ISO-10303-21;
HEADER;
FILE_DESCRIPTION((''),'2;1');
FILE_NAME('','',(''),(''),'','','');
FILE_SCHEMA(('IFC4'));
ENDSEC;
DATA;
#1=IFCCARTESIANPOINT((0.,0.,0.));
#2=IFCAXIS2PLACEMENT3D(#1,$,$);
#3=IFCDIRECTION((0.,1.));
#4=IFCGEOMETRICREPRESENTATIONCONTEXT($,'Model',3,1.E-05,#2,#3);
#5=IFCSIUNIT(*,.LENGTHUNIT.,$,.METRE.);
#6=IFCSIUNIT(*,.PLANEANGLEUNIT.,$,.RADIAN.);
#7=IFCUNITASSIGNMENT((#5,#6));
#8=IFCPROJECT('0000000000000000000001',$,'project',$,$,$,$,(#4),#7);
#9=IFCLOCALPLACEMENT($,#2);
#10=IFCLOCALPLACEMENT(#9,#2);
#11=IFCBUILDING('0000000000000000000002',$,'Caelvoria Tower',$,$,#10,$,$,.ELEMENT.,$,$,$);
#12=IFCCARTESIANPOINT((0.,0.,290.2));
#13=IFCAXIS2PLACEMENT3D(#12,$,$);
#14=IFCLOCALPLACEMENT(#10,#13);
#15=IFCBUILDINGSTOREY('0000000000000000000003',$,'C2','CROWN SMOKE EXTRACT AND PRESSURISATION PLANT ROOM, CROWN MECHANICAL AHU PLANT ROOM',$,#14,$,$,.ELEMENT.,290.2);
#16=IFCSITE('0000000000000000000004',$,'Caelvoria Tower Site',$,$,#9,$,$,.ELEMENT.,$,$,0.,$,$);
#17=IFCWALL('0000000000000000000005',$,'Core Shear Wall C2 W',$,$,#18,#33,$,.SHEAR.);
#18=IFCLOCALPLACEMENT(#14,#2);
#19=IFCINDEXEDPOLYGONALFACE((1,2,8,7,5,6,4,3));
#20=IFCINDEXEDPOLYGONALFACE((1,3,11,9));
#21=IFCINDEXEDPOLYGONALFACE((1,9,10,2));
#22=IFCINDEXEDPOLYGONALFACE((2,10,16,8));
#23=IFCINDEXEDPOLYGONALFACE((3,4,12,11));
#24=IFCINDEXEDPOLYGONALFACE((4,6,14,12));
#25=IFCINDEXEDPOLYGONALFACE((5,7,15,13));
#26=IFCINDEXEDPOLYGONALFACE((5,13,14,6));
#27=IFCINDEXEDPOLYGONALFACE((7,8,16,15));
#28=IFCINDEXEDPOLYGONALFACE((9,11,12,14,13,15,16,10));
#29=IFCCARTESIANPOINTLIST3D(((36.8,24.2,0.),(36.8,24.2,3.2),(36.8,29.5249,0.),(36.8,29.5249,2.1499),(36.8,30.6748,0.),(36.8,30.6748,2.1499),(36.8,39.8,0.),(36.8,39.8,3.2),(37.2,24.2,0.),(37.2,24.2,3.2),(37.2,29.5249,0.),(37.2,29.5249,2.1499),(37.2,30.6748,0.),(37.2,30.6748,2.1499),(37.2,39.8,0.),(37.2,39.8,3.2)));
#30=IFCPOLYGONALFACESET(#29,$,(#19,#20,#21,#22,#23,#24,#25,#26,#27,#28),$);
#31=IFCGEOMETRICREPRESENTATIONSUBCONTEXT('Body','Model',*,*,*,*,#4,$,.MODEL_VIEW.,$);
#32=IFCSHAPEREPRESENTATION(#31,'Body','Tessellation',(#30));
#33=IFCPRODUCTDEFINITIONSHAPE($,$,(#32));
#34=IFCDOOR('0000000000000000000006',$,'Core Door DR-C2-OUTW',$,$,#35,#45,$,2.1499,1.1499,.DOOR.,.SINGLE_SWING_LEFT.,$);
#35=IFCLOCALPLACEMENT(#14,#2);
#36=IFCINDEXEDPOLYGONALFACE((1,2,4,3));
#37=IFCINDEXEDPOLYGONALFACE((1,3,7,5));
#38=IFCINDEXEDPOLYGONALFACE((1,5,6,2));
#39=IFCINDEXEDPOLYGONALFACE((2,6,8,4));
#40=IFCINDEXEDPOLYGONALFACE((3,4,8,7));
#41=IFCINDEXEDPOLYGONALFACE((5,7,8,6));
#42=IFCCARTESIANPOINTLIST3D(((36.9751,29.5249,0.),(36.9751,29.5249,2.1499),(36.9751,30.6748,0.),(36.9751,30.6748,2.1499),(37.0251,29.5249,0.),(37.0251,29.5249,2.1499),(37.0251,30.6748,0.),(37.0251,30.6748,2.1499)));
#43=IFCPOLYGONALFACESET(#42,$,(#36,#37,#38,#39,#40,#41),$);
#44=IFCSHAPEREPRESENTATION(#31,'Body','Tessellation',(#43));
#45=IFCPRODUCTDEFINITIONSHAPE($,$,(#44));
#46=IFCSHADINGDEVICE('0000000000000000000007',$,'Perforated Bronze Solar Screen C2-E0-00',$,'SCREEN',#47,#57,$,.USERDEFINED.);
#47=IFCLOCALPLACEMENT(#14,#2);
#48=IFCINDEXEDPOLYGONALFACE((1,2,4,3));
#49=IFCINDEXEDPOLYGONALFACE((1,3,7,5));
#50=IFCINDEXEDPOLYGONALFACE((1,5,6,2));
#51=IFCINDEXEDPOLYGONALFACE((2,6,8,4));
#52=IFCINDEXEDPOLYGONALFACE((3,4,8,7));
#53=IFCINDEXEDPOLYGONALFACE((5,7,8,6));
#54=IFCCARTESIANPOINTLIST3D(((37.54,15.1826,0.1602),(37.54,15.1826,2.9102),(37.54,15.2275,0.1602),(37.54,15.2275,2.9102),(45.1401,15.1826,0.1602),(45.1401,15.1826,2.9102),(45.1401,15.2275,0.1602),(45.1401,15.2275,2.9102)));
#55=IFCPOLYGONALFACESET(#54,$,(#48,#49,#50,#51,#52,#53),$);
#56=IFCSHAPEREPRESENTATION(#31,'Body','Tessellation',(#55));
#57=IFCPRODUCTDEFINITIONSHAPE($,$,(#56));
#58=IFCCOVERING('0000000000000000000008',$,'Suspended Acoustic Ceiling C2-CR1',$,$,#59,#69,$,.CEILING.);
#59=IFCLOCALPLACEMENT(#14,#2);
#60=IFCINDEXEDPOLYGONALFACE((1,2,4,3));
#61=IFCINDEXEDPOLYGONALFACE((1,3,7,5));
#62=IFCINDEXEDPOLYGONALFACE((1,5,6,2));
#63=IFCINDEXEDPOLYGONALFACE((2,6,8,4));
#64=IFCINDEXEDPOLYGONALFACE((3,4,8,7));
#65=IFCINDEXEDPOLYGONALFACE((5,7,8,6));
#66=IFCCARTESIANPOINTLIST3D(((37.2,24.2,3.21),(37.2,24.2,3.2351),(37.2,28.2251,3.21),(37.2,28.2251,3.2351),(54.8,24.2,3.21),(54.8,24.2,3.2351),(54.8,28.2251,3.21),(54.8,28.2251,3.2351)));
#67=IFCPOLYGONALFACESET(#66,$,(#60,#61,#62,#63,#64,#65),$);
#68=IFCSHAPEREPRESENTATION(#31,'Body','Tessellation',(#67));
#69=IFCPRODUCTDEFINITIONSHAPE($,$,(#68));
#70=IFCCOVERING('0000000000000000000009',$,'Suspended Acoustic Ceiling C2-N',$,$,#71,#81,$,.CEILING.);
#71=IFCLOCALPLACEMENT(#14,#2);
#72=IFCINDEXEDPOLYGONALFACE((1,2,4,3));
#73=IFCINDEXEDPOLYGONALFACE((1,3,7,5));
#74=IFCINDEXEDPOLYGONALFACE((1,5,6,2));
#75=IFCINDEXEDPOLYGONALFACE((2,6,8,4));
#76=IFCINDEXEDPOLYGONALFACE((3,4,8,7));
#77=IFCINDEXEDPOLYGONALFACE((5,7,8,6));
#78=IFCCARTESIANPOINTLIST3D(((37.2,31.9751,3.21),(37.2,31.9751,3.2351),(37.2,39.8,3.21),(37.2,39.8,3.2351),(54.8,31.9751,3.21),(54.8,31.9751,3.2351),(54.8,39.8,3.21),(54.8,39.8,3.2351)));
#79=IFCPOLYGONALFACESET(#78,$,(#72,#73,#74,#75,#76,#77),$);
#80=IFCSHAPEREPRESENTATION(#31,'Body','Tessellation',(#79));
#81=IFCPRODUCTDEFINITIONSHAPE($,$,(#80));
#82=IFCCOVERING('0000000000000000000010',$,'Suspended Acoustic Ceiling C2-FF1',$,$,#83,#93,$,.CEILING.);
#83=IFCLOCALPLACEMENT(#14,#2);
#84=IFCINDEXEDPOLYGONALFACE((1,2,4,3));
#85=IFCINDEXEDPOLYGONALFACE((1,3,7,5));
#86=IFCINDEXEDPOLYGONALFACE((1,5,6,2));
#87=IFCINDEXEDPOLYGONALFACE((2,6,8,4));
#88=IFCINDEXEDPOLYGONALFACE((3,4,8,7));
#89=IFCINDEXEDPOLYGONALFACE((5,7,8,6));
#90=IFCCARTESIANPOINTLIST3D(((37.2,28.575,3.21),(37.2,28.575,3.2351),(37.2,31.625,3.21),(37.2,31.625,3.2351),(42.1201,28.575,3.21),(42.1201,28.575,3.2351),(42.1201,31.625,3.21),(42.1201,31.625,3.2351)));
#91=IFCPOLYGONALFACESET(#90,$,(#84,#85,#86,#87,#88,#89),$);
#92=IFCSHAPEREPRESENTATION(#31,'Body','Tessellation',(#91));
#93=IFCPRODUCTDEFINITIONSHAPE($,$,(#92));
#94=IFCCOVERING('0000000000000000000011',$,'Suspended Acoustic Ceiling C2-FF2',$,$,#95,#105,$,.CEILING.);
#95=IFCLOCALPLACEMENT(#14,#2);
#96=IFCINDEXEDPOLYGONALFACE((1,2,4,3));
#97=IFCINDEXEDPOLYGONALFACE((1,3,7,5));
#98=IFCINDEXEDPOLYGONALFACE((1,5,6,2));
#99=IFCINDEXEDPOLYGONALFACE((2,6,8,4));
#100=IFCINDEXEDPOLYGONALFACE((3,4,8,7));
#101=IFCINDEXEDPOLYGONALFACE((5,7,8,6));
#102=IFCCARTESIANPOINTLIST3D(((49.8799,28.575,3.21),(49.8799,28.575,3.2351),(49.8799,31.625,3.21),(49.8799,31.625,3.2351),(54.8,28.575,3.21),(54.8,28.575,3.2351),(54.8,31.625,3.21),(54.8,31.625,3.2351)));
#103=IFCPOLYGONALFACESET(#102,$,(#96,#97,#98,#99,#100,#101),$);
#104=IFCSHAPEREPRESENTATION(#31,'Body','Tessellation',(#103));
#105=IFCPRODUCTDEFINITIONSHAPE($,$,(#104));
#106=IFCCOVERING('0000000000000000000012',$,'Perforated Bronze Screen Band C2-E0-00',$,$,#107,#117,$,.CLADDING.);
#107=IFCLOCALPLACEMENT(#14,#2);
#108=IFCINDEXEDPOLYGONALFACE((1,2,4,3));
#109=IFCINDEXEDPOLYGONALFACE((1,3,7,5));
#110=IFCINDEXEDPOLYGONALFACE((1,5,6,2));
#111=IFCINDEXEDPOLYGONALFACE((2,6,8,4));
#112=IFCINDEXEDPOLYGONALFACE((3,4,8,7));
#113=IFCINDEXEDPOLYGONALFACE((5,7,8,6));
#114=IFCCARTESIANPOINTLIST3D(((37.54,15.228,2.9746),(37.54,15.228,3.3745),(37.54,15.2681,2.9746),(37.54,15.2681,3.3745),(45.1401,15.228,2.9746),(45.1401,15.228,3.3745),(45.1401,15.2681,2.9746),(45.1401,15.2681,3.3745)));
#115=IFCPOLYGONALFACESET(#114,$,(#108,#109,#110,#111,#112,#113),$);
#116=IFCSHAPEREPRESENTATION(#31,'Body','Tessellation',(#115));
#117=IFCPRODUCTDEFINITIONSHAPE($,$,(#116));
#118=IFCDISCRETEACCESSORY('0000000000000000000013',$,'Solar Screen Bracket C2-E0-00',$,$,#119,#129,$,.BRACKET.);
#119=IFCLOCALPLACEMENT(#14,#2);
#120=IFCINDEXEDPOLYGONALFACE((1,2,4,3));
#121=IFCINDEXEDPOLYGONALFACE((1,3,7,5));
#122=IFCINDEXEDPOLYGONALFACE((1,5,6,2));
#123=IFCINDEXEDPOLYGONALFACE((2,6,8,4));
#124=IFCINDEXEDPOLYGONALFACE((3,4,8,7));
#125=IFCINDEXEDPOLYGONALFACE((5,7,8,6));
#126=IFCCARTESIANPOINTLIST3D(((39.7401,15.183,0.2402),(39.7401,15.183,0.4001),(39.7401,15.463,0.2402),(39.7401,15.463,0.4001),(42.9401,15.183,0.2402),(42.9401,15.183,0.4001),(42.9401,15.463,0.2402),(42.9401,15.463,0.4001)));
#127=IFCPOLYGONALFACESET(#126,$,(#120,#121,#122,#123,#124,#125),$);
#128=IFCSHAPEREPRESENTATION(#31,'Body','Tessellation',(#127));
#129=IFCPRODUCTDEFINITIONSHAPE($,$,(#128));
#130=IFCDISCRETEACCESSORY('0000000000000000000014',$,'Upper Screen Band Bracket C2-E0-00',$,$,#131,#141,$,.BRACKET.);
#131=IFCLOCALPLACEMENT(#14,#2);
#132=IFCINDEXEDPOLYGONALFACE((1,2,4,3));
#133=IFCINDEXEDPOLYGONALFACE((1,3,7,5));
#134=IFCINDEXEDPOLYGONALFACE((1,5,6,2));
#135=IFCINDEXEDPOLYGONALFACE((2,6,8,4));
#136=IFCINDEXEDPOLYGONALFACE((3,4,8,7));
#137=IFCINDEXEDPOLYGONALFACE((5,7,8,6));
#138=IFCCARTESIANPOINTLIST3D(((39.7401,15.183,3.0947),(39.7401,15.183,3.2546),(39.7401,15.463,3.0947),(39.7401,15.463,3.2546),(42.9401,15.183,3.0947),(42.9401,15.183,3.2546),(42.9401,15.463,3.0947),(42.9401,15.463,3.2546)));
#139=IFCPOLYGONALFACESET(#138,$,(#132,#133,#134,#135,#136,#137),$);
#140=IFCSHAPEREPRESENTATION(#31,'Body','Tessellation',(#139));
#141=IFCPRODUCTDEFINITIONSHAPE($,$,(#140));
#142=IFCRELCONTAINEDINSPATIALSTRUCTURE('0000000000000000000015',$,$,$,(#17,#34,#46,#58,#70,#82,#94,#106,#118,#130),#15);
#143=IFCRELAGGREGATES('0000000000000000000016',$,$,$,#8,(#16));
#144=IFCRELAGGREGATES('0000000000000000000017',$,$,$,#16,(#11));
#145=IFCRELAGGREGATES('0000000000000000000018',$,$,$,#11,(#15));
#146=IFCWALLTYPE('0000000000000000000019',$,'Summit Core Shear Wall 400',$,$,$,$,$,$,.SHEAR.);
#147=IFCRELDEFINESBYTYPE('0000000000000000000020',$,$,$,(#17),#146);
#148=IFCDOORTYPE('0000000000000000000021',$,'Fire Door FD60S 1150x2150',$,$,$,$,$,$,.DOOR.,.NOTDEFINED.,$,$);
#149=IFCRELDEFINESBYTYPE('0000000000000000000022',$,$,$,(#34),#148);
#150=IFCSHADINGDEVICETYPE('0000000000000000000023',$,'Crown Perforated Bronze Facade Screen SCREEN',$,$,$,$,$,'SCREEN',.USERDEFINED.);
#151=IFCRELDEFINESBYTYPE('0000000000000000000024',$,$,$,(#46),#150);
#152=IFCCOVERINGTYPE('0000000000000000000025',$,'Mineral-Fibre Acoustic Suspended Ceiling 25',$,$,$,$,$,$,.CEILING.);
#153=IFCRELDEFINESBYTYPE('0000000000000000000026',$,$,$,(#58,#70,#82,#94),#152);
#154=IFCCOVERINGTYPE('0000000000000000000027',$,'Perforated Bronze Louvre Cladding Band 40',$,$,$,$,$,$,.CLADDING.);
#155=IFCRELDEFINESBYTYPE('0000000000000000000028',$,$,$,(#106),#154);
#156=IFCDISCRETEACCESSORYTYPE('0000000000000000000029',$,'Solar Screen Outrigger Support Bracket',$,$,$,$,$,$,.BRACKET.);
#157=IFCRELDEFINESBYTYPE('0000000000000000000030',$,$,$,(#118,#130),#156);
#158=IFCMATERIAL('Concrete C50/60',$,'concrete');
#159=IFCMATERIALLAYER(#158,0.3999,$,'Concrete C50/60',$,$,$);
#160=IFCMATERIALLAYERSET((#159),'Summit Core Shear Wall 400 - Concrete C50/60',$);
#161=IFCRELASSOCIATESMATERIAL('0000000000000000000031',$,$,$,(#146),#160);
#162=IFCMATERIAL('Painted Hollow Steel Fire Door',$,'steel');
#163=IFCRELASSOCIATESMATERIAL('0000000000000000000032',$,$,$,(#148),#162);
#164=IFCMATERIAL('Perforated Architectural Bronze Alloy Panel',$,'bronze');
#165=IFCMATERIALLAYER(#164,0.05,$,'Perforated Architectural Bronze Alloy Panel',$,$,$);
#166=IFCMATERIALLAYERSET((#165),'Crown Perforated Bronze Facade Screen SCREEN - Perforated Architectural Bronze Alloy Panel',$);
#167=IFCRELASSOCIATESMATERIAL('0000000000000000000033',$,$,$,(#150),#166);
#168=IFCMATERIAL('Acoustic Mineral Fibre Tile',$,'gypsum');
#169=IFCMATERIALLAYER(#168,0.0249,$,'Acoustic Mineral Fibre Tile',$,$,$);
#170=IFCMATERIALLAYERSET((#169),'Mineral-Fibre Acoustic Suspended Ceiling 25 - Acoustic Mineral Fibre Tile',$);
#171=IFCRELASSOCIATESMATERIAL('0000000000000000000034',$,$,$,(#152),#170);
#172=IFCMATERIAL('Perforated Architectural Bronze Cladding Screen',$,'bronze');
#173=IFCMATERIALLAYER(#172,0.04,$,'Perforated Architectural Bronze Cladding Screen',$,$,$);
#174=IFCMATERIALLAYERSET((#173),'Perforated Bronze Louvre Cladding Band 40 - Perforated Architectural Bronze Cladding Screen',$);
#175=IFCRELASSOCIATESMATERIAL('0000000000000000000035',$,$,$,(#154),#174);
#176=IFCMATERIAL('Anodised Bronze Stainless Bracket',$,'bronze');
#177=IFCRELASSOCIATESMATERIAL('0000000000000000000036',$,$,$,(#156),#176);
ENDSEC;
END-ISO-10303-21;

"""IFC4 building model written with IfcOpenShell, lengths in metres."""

from ifc_helpers import new_model, si_unit, direction, frame, frame_2d, origin, origin_2d, place, context, subcontext, project, spatial, polyline, rectangle, outline, extrude, material, layer, layer_set, type_object, element, fill, save


model = new_model("IFC4")

# Units and contexts
model_context = context("Model", 3, precision=1e-05, world=origin(), true_north=direction((0.0, 1.0)))
body_context = subcontext(model_context, "Body", "Model", "MODEL_VIEW")
ifc_project = project(units=[si_unit("LENGTHUNIT", "METRE"), si_unit("PLANEANGLEUNIT", "RADIAN")], contexts=[model_context])

# Site, building, storey
site_placement = place(None, origin())
site = spatial("IfcSite", under=ifc_project, at=site_placement, Name="Caelvoria Tower Site", CompositionType="ELEMENT", RefElevation=0.0)
building_placement = place(site_placement, origin())
building = spatial("IfcBuilding", under=site, at=building_placement, Name="Caelvoria Tower", CompositionType="ELEMENT")
storey_placement = place(building_placement, frame((0.0, 0.0, 290.2)))
storey = spatial("IfcBuildingStorey", under=building, at=storey_placement, Name="C2", Description="CROWN SMOKE EXTRACT AND PRESSURISATION PLANT ROOM, CROWN MECHANICAL AHU PLANT ROOM", CompositionType="ELEMENT", Elevation=290.2)

# Shared definitions
ifc_material_1 = material(Name="Concrete C50/60", Category="concrete")
ifc_layer_1 = layer(ifc_material_1, 0.3999, Name="Concrete C50/60")
ifc_layer_set_1 = layer_set([ifc_layer_1], Name="Summit Core Shear Wall 400 - Concrete C50/60")
wall_type_1 = type_object("IfcWallType", Name="Summit Core Shear Wall 400", PredefinedType="SHEAR", material=ifc_layer_set_1)
ifc_material_2 = material(Name="Painted Hollow Steel Fire Door", Category="steel")
door_type = type_object("IfcDoorType", Name="Fire Door FD60S 1150x2150", OperationType="NOTDEFINED", PredefinedType="DOOR", material=ifc_material_2)

# Wall, opening, door
wall_1_placement = place(storey_placement, frame((37.0, 24.2, 0.0), z_axis=(0.0, 0.0, 1.0), x_axis=(0.0, 1.0, 0.0)))
wall_1 = element("IfcWall", 1, at=wall_1_placement, inside=storey, type_object=wall_type_1, Name="Core Shear Wall C2 W", PredefinedType="SHEAR", context=body_context, shape_type="SweptSolid", body=[
    extrude(rectangle(XDim=15.6001, YDim=0.3999, at=frame_2d((7.8, 0.0))), origin(), (0.0, 0.0, 1.0), 3.2),
])
opening_1_placement = place(wall_1_placement, frame((5.325, 0.0, 0.0)))
opening_1 = element("IfcOpeningElement", 2, at=opening_1_placement, cuts=wall_1, PredefinedType="OPENING", context=body_context, shape_type="SweptSolid", body=[
    extrude(rectangle(XDim=1.1499, YDim=2.1499, at=frame_2d((0.575, 1.075))), frame((0.0, 0.21, 0.0), z_axis=(0.0, -1.0, 0.0), x_axis=(1.0, 0.0, 0.0)), (0.0, 0.0, 1.0), 0.4199),
])
door_1_placement = place(opening_1_placement, origin())
door_1 = element("IfcDoor", 3, at=door_1_placement, inside=storey, type_object=door_type, Name="Core Door DR-C2-OUTW", OperationType="SINGLE_SWING_LEFT", OverallHeight=2.1499, OverallWidth=1.1499, PredefinedType="DOOR", context=body_context, shape_type="SweptSolid", body=[
    extrude(rectangle(XDim=1.1499, YDim=2.1499, at=frame_2d((0.575, 1.075))), frame((0.0, 0.0249, 0.0), z_axis=(0.0, -1.0, 0.0), x_axis=(1.0, 0.0, 0.0)), (0.0, 0.0, 1.0), 0.05),
])
fill(opening_1, door_1)

# Shading device
ifc_material_3 = material(Name="Perforated Architectural Bronze Alloy Panel", Category="bronze")
ifc_layer_2 = layer(ifc_material_3, 0.05, Name="Perforated Architectural Bronze Alloy Panel")
ifc_layer_set_2 = layer_set([ifc_layer_2], Name="Crown Perforated Bronze Facade Screen SCREEN - Perforated Architectural Bronze Alloy Panel")
shading_device_type = type_object("IfcShadingDeviceType", Name="Crown Perforated Bronze Facade Screen SCREEN", ElementType="SCREEN", PredefinedType="USERDEFINED", material=ifc_layer_set_2)
shading_device_placement = place(storey_placement, frame((41.3401, 15.2051, 0.1602), z_axis=(0.0, 0.0, 1.0), x_axis=(1.0, 0.0, 0.0)))
element("IfcShadingDevice", 4, at=shading_device_placement, inside=storey, type_object=shading_device_type, Name="Perforated Bronze Solar Screen C2-E0-00", ObjectType="SCREEN", PredefinedType="USERDEFINED", context=body_context, shape_type="SweptSolid", body=[
    extrude(rectangle(XDim=7.6001, YDim=0.0449, at=origin_2d()), origin(), (0.0, 0.0, 1.0), 2.75),
])

# Coverings
ifc_material_4 = material(Name="Acoustic Mineral Fibre Tile", Category="gypsum")
ifc_layer_3 = layer(ifc_material_4, 0.0249, Name="Acoustic Mineral Fibre Tile")
ifc_layer_set_3 = layer_set([ifc_layer_3], Name="Mineral-Fibre Acoustic Suspended Ceiling 25 - Acoustic Mineral Fibre Tile")
covering_type_1 = type_object("IfcCoveringType", Name="Mineral-Fibre Acoustic Suspended Ceiling 25", PredefinedType="CEILING", material=ifc_layer_set_3)
covering_1_placement = place(storey_placement, frame((0.0, 0.0, 3.21)))
element("IfcCovering", 5, at=covering_1_placement, inside=storey, type_object=covering_type_1, Name="Suspended Acoustic Ceiling C2-CR1", PredefinedType="CEILING", context=body_context, shape_type="SweptSolid", body=[
    extrude(outline(polyline([(37.2, 24.2), (54.8, 24.2), (54.8, 28.2251), (37.2, 28.2251), (37.2, 24.2)])), origin(), (0.0, 0.0, 1.0), 0.0251),
])
covering_2_placement = place(storey_placement, frame((0.0, 0.0, 3.21)))
element("IfcCovering", 6, at=covering_2_placement, inside=storey, type_object=covering_type_1, Name="Suspended Acoustic Ceiling C2-N", PredefinedType="CEILING", context=body_context, shape_type="SweptSolid", body=[
    extrude(outline(polyline([(37.2, 31.9751), (54.8, 31.9751), (54.8, 39.8), (37.2, 39.8), (37.2, 31.9751)])), origin(), (0.0, 0.0, 1.0), 0.0251),
])
covering_3_placement = place(storey_placement, frame((0.0, 0.0, 3.21)))
element("IfcCovering", 7, at=covering_3_placement, inside=storey, type_object=covering_type_1, Name="Suspended Acoustic Ceiling C2-FF1", PredefinedType="CEILING", context=body_context, shape_type="SweptSolid", body=[
    extrude(outline(polyline([(37.2, 28.575), (42.1201, 28.575), (42.1201, 31.625), (37.2, 31.625), (37.2, 28.575)])), origin(), (0.0, 0.0, 1.0), 0.0251),
])
covering_4_placement = place(storey_placement, frame((0.0, 0.0, 3.21)))
element("IfcCovering", 8, at=covering_4_placement, inside=storey, type_object=covering_type_1, Name="Suspended Acoustic Ceiling C2-FF2", PredefinedType="CEILING", context=body_context, shape_type="SweptSolid", body=[
    extrude(outline(polyline([(49.8799, 28.575), (54.8, 28.575), (54.8, 31.625), (49.8799, 31.625), (49.8799, 28.575)])), origin(), (0.0, 0.0, 1.0), 0.0251),
])
ifc_material_5 = material(Name="Perforated Architectural Bronze Cladding Screen", Category="bronze")
ifc_layer_4 = layer(ifc_material_5, 0.04, Name="Perforated Architectural Bronze Cladding Screen")
ifc_layer_set_4 = layer_set([ifc_layer_4], Name="Perforated Bronze Louvre Cladding Band 40 - Perforated Architectural Bronze Cladding Screen")
covering_type_2 = type_object("IfcCoveringType", Name="Perforated Bronze Louvre Cladding Band 40", PredefinedType="CLADDING", material=ifc_layer_set_4)
covering_5_placement = place(storey_placement, frame((41.3401, 15.248, 2.9746), z_axis=(0.0, 0.0, 1.0), x_axis=(1.0, 0.0, 0.0)))
element("IfcCovering", 9, at=covering_5_placement, inside=storey, type_object=covering_type_2, Name="Perforated Bronze Screen Band C2-E0-00", PredefinedType="CLADDING", context=body_context, shape_type="SweptSolid", body=[
    extrude(rectangle(XDim=7.6001, YDim=0.04, at=origin_2d()), origin(), (0.0, 0.0, 1.0), 0.3999),
])

# Discrete accessories
ifc_material_6 = material(Name="Anodised Bronze Stainless Bracket", Category="bronze")
discrete_accessory_type = type_object("IfcDiscreteAccessoryType", Name="Solar Screen Outrigger Support Bracket", PredefinedType="BRACKET", material=ifc_material_6)
for number, where, z_axis, x_axis, name in (
    (10, (41.3401, 15.323, 0.2402), (0.0, 0.0, 1.0), (1.0, 0.0, 0.0), "Solar Screen Bracket C2-E0-00"),
    (11, (41.3401, 15.323, 3.0947), (0.0, 0.0, 1.0), (1.0, 0.0, 0.0), "Upper Screen Band Bracket C2-E0-00"),
):
    element("IfcDiscreteAccessory", number, at=place(storey_placement, frame(where, z_axis=z_axis, x_axis=x_axis)), inside=storey, type_object=discrete_accessory_type, Name=name, PredefinedType="BRACKET", context=body_context, shape_type="SweptSolid", body=[
        extrude(rectangle(XDim=3.2, YDim=0.28, at=origin_2d()), origin(), (0.0, 0.0, 1.0), 0.1599),
    ])

save(model, "model.ifc")
